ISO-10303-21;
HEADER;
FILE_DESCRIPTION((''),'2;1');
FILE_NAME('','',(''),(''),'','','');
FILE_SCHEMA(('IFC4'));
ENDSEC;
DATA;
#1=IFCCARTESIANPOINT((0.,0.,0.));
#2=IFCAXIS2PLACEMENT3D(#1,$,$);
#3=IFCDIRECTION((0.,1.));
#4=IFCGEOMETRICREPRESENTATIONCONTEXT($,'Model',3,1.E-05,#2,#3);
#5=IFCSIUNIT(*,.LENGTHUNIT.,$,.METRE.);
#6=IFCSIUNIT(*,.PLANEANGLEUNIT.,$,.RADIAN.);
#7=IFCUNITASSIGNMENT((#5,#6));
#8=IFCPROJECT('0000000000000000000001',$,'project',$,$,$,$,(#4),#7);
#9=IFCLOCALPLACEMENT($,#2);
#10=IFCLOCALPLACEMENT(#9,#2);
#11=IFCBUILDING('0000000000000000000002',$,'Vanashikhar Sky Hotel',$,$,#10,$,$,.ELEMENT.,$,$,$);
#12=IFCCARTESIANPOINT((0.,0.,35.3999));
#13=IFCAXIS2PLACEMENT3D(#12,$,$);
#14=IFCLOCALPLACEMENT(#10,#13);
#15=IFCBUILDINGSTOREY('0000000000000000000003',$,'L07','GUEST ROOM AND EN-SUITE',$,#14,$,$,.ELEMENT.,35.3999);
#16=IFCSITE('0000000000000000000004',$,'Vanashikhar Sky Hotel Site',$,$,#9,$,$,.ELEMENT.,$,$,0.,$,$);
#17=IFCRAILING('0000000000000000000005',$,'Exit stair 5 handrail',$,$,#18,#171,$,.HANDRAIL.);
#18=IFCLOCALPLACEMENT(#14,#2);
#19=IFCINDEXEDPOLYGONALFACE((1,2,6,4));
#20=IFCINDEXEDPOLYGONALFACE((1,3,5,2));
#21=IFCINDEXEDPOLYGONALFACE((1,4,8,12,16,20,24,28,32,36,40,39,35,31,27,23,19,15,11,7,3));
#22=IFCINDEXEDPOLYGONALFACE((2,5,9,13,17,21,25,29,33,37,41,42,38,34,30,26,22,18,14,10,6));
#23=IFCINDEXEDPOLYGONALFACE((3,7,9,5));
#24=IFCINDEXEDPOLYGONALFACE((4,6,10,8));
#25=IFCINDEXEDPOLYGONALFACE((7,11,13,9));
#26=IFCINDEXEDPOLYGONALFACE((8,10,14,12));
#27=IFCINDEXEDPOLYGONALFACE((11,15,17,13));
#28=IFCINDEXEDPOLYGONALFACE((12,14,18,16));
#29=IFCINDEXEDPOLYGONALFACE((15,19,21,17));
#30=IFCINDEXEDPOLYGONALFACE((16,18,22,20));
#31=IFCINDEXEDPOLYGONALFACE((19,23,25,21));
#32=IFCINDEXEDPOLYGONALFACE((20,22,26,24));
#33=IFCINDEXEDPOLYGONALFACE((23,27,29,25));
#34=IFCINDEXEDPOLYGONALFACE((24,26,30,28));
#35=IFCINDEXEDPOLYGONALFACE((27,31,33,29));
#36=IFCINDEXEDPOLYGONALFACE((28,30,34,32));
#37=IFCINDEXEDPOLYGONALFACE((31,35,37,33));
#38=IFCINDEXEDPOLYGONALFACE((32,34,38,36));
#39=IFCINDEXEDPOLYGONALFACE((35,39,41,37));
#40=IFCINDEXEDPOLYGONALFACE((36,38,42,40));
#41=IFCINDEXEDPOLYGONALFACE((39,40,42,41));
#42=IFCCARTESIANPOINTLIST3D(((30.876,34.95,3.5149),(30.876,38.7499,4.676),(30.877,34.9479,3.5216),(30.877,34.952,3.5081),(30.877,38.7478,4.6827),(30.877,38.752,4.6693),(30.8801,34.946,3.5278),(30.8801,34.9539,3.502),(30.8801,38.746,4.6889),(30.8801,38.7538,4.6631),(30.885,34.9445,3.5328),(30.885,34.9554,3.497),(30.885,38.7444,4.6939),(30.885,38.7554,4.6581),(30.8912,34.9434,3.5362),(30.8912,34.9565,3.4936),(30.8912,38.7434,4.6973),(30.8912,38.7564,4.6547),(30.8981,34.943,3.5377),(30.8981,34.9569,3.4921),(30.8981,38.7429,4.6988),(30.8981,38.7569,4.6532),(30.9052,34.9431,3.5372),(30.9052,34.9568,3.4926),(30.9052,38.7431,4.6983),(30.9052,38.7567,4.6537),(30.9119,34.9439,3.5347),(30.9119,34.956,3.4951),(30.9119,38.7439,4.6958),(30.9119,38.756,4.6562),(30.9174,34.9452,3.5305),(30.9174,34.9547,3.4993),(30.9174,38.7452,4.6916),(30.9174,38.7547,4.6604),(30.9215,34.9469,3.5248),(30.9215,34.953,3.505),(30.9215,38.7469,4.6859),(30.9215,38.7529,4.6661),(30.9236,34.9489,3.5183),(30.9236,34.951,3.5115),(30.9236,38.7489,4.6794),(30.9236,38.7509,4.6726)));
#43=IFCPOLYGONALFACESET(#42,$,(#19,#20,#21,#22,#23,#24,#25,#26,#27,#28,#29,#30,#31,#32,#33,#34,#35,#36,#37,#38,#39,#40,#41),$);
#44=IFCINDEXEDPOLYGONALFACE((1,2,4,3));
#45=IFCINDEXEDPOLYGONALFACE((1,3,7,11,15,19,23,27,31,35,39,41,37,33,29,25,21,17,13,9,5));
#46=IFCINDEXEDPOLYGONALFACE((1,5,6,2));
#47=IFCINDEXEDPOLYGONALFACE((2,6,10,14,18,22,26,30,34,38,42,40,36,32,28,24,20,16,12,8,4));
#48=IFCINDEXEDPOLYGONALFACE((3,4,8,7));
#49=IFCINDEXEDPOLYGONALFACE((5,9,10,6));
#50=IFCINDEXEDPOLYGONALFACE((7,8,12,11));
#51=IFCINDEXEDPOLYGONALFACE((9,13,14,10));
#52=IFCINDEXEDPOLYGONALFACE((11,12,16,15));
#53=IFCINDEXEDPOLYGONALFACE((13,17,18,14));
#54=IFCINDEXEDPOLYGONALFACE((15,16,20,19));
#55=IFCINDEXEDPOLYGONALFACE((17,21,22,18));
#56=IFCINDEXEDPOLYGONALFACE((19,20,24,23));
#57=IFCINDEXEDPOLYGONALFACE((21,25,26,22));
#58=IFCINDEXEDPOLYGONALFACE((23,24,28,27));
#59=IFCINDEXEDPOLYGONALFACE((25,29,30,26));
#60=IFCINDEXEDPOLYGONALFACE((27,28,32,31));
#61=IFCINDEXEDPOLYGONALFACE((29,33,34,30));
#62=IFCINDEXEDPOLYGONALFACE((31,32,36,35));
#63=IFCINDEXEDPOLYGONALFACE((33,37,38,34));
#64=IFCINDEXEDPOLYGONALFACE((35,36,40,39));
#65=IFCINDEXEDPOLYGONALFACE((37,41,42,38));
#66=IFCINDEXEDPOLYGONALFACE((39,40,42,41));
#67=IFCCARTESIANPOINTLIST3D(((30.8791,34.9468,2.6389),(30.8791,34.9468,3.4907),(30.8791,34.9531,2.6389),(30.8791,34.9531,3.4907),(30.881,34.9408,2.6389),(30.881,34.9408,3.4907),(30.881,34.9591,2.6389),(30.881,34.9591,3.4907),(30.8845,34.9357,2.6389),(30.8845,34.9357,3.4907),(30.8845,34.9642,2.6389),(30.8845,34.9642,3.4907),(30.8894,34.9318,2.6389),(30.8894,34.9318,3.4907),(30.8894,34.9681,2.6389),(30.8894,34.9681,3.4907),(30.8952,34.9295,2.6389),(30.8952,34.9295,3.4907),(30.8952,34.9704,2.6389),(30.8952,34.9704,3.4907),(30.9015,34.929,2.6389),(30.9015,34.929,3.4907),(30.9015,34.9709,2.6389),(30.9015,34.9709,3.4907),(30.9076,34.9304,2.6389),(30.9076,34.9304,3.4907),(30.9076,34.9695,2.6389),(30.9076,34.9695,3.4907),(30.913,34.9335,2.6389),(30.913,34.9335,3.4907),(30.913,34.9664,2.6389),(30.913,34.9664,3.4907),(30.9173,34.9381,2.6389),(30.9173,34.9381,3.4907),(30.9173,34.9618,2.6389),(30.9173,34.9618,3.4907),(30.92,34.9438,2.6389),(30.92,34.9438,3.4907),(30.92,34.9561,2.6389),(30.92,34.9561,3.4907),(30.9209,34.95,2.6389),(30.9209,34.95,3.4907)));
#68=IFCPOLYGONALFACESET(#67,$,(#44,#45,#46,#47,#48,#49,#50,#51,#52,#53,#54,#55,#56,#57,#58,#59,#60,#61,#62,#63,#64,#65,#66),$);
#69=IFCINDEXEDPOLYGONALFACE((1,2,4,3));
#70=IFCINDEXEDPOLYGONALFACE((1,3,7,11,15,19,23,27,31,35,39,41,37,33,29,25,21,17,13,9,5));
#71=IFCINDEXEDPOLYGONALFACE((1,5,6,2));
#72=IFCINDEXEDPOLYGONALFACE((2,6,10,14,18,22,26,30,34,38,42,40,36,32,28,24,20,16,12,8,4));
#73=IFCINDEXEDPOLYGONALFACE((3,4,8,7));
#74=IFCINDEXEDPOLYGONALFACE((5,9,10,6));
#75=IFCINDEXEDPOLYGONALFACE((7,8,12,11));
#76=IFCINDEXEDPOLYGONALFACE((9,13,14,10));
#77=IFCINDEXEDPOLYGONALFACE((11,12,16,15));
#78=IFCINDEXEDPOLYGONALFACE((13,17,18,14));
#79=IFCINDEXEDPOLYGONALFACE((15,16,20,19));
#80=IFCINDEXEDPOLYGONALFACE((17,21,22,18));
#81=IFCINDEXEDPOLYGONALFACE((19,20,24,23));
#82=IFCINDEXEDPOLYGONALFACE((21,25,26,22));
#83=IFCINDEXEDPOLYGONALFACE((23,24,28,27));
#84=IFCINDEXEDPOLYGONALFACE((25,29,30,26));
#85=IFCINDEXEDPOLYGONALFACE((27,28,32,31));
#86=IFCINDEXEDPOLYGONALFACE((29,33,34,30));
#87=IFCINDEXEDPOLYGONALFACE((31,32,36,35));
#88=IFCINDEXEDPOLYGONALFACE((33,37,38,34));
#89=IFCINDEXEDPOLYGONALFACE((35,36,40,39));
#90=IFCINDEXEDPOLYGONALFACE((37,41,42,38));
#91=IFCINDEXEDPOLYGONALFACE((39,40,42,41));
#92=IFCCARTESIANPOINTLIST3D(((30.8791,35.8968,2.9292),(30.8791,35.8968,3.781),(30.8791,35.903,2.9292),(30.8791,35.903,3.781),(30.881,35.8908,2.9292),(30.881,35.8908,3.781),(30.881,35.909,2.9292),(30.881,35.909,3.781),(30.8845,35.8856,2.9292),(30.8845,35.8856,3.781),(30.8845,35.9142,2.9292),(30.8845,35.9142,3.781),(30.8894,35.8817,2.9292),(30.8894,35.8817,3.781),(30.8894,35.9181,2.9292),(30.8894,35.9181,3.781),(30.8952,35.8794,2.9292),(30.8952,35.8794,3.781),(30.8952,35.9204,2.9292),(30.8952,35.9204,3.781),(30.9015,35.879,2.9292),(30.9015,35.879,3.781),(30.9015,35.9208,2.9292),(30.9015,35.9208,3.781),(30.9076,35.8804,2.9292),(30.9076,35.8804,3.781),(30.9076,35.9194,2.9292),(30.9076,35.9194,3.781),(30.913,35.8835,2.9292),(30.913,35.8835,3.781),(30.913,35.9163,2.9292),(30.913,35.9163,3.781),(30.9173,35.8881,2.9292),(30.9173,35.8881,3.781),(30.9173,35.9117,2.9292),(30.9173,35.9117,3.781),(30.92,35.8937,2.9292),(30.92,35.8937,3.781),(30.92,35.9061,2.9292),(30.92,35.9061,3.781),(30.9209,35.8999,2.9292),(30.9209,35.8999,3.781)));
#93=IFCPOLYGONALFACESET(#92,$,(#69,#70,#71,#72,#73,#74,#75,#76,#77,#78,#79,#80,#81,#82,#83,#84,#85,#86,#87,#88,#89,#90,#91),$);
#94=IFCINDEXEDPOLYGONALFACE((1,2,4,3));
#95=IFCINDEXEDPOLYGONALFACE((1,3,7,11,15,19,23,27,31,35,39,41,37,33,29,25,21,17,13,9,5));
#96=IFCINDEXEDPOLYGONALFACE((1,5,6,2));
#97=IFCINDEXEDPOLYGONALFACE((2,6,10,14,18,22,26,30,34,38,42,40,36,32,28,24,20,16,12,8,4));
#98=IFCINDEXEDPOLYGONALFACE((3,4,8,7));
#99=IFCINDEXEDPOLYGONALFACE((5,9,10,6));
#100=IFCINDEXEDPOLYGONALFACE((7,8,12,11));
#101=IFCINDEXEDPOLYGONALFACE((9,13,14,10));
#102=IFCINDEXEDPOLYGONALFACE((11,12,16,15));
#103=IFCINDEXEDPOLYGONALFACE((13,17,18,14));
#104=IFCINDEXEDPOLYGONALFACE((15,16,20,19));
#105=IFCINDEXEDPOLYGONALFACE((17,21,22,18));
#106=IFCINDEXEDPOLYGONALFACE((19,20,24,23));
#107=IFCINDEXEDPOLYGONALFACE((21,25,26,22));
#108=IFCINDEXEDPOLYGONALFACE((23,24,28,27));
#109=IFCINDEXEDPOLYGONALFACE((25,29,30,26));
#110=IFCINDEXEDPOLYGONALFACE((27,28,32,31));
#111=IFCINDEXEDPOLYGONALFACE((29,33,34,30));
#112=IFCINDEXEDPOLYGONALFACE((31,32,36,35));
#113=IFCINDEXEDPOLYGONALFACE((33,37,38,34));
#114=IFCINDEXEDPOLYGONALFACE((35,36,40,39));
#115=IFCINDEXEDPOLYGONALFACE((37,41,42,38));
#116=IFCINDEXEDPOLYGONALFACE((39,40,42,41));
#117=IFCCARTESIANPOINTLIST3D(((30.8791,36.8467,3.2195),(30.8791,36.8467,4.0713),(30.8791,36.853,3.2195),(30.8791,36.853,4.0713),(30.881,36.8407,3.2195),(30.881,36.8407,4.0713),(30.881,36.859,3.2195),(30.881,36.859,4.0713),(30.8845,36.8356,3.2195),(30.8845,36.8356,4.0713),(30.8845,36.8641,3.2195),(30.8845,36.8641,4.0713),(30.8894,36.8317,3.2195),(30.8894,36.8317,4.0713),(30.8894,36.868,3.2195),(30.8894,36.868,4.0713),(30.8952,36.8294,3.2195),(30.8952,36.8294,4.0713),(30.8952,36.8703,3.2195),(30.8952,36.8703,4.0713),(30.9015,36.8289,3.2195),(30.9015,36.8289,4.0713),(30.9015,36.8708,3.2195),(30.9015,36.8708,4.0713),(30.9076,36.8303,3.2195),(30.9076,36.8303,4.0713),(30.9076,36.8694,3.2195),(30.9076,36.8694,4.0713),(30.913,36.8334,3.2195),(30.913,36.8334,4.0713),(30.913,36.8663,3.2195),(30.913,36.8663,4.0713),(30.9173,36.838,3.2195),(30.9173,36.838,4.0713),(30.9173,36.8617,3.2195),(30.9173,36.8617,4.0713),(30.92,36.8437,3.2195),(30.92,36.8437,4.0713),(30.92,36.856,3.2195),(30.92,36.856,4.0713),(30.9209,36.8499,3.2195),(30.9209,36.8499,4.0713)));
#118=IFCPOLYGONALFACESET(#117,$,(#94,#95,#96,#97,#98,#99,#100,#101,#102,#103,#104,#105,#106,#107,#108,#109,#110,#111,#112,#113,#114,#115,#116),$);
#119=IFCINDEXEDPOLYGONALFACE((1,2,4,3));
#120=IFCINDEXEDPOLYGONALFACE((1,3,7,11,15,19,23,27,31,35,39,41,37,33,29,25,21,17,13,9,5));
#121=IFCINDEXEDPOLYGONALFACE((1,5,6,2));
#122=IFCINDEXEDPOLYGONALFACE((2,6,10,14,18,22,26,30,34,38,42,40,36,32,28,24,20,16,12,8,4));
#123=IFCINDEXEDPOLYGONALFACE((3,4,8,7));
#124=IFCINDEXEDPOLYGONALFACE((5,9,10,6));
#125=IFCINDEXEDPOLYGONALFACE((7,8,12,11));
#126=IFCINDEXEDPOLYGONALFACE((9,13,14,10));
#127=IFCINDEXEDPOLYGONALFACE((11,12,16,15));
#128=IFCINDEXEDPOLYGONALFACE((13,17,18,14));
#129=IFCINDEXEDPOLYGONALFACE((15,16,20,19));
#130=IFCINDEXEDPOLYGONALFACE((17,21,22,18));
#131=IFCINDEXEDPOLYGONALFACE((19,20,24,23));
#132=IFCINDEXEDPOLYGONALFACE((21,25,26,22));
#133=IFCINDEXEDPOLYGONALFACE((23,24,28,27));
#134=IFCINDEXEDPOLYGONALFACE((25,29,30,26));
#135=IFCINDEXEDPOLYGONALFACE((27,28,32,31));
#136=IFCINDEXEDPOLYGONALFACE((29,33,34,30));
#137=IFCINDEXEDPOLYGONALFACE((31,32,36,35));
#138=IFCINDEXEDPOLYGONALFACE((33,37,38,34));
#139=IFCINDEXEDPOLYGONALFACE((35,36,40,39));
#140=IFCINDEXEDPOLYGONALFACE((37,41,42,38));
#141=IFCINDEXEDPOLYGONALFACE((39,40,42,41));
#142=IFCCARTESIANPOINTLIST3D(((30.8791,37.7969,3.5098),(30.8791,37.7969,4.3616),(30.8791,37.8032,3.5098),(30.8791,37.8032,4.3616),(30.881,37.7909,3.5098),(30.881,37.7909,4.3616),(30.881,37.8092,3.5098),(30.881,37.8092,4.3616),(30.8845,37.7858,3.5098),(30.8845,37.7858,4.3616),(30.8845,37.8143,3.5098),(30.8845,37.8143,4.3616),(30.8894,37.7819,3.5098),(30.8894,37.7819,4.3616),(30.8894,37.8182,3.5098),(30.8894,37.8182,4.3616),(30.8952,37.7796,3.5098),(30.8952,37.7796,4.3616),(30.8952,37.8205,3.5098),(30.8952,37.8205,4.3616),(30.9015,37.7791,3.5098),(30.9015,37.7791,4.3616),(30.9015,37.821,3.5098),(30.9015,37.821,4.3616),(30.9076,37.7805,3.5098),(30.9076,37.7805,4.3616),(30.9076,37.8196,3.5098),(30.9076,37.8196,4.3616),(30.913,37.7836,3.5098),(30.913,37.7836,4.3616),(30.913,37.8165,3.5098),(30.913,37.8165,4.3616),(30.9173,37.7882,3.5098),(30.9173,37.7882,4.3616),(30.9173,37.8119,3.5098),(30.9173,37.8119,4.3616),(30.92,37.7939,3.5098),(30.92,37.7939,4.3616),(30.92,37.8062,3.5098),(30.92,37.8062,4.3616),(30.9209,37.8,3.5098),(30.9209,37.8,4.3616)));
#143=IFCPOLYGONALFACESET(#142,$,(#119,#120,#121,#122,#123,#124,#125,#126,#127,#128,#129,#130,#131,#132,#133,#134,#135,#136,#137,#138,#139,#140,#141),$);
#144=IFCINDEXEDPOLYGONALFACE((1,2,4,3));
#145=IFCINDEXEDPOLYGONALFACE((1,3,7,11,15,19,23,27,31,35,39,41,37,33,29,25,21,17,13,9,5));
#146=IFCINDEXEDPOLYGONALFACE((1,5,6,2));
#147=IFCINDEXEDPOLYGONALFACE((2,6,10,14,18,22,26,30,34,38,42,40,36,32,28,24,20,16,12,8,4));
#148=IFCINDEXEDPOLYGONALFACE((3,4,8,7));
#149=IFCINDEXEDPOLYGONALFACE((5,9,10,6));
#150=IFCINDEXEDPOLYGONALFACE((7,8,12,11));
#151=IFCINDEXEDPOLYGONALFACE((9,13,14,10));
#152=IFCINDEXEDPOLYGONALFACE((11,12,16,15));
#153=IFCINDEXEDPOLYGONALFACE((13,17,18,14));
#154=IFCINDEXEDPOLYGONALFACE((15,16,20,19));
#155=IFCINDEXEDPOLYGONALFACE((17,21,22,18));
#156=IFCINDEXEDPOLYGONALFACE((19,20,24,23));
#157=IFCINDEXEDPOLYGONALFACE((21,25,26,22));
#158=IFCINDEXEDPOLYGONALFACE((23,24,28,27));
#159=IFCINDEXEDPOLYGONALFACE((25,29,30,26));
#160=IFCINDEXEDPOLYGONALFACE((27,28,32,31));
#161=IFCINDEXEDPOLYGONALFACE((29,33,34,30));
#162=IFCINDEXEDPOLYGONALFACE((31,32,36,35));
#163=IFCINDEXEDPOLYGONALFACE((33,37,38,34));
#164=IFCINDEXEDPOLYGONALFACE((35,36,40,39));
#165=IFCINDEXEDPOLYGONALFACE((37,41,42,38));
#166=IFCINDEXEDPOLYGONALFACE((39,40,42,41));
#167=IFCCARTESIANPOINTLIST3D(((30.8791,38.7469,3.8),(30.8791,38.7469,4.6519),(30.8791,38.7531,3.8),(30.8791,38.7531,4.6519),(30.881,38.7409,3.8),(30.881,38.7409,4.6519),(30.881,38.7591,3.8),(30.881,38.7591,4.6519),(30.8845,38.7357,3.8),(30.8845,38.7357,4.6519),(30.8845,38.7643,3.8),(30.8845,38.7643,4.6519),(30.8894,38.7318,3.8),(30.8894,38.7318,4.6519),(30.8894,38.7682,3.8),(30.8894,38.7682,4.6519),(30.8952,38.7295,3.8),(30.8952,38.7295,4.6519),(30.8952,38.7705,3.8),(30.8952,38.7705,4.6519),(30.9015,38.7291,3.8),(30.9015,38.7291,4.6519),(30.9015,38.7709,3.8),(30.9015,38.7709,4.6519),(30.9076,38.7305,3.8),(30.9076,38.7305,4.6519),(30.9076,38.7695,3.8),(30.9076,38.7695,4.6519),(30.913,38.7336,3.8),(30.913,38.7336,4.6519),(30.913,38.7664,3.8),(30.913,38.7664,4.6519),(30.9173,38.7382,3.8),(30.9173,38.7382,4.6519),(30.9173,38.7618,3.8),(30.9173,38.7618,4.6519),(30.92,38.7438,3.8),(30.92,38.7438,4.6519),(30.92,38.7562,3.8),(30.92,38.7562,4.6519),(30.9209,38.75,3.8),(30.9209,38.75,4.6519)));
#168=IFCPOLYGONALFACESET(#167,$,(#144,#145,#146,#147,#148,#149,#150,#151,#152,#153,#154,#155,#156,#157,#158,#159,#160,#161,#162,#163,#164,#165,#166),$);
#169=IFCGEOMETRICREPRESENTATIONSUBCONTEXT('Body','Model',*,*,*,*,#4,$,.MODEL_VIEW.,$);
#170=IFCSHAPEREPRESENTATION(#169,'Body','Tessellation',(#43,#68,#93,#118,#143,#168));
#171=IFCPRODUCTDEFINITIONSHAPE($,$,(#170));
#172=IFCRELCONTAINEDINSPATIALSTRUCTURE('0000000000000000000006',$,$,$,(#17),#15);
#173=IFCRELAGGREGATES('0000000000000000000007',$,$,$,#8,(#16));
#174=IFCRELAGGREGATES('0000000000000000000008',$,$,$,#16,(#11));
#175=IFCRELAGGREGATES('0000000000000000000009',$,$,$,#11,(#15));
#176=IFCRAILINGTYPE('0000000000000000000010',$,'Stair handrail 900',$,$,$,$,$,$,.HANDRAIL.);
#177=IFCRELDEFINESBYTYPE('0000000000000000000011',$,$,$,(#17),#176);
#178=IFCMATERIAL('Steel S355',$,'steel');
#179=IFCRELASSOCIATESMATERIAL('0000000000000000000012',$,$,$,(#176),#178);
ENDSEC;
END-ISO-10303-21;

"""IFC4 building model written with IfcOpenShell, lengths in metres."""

from ifc_helpers import new_model, si_unit, direction, frame, origin, origin_2d, place, context, subcontext, project, spatial, circle, extrude, source, transform, mapped, material, type_object, element, save


model = new_model("IFC4")

# Units and contexts
model_context = context("Model", 3, precision=1e-05, world=origin(), true_north=direction((0.0, 1.0)))
body_context = subcontext(model_context, "Body", "Model", "MODEL_VIEW")
ifc_project = project(units=[si_unit("LENGTHUNIT", "METRE"), si_unit("PLANEANGLEUNIT", "RADIAN")], contexts=[model_context])

# Site, building, storey
site_placement = place(None, origin())
site = spatial("IfcSite", under=ifc_project, at=site_placement, Name="Vanashikhar Sky Hotel Site", CompositionType="ELEMENT", RefElevation=0.0)
building_placement = place(site_placement, origin())
building = spatial("IfcBuilding", under=site, at=building_placement, Name="Vanashikhar Sky Hotel", CompositionType="ELEMENT")
storey_placement = place(building_placement, frame((0.0, 0.0, 35.3999)))
storey = spatial("IfcBuildingStorey", under=building, at=storey_placement, Name="L07", Description="GUEST ROOM AND EN-SUITE", CompositionType="ELEMENT", Elevation=35.3999)

# Railing
ifc_material_1 = material(Name="Steel S355", Category="steel")
railing_type_1 = type_object("IfcRailingType", Name="Stair handrail 900", PredefinedType="HANDRAIL", material=ifc_material_1)
shared_shape_1 = source(origin(), body_context, "Body", "SweptSolid", [
    extrude(circle(Radius=0.0239, at=origin_2d()), frame((0.0, 0.0, 0.876), z_axis=(0.0, 0.956351, 0.29222), x_axis=(-1.0, 0.0, 0.0)), (0.0, 0.0, 1.0), 3.9734),
    extrude(circle(Radius=0.021, at=origin_2d()), origin(), (0.0, 0.0, 1.0), 0.8518),
    extrude(circle(Radius=0.021, at=origin_2d()), frame((0.0, 0.95, 0.2903)), (0.0, 0.0, 1.0), 0.8518),
    extrude(circle(Radius=0.021, at=origin_2d()), frame((0.0, 1.8999, 0.5806)), (0.0, 0.0, 1.0), 0.8518),
    extrude(circle(Radius=0.021, at=origin_2d()), frame((0.0, 2.8501, 0.8708)), (0.0, 0.0, 1.0), 0.8518),
    extrude(circle(Radius=0.021, at=origin_2d()), frame((0.0, 3.8, 1.1611)), (0.0, 0.0, 1.0), 0.8518),
])
for number, where, name in (
    (1, (30.8999, 34.95, 2.6389), "Exit stair 5 handrail"),
):
    element("IfcRailing", number, at=place(storey_placement, frame(where)), inside=storey, type_object=railing_type_1, Name=name, PredefinedType="HANDRAIL", context=body_context, shape_type="MappedRepresentation", body=[
        mapped(shared_shape_1, transform((0.0, 0.0, 0.0), scale=1.0)),
    ])

save(model, "model.ifc")
